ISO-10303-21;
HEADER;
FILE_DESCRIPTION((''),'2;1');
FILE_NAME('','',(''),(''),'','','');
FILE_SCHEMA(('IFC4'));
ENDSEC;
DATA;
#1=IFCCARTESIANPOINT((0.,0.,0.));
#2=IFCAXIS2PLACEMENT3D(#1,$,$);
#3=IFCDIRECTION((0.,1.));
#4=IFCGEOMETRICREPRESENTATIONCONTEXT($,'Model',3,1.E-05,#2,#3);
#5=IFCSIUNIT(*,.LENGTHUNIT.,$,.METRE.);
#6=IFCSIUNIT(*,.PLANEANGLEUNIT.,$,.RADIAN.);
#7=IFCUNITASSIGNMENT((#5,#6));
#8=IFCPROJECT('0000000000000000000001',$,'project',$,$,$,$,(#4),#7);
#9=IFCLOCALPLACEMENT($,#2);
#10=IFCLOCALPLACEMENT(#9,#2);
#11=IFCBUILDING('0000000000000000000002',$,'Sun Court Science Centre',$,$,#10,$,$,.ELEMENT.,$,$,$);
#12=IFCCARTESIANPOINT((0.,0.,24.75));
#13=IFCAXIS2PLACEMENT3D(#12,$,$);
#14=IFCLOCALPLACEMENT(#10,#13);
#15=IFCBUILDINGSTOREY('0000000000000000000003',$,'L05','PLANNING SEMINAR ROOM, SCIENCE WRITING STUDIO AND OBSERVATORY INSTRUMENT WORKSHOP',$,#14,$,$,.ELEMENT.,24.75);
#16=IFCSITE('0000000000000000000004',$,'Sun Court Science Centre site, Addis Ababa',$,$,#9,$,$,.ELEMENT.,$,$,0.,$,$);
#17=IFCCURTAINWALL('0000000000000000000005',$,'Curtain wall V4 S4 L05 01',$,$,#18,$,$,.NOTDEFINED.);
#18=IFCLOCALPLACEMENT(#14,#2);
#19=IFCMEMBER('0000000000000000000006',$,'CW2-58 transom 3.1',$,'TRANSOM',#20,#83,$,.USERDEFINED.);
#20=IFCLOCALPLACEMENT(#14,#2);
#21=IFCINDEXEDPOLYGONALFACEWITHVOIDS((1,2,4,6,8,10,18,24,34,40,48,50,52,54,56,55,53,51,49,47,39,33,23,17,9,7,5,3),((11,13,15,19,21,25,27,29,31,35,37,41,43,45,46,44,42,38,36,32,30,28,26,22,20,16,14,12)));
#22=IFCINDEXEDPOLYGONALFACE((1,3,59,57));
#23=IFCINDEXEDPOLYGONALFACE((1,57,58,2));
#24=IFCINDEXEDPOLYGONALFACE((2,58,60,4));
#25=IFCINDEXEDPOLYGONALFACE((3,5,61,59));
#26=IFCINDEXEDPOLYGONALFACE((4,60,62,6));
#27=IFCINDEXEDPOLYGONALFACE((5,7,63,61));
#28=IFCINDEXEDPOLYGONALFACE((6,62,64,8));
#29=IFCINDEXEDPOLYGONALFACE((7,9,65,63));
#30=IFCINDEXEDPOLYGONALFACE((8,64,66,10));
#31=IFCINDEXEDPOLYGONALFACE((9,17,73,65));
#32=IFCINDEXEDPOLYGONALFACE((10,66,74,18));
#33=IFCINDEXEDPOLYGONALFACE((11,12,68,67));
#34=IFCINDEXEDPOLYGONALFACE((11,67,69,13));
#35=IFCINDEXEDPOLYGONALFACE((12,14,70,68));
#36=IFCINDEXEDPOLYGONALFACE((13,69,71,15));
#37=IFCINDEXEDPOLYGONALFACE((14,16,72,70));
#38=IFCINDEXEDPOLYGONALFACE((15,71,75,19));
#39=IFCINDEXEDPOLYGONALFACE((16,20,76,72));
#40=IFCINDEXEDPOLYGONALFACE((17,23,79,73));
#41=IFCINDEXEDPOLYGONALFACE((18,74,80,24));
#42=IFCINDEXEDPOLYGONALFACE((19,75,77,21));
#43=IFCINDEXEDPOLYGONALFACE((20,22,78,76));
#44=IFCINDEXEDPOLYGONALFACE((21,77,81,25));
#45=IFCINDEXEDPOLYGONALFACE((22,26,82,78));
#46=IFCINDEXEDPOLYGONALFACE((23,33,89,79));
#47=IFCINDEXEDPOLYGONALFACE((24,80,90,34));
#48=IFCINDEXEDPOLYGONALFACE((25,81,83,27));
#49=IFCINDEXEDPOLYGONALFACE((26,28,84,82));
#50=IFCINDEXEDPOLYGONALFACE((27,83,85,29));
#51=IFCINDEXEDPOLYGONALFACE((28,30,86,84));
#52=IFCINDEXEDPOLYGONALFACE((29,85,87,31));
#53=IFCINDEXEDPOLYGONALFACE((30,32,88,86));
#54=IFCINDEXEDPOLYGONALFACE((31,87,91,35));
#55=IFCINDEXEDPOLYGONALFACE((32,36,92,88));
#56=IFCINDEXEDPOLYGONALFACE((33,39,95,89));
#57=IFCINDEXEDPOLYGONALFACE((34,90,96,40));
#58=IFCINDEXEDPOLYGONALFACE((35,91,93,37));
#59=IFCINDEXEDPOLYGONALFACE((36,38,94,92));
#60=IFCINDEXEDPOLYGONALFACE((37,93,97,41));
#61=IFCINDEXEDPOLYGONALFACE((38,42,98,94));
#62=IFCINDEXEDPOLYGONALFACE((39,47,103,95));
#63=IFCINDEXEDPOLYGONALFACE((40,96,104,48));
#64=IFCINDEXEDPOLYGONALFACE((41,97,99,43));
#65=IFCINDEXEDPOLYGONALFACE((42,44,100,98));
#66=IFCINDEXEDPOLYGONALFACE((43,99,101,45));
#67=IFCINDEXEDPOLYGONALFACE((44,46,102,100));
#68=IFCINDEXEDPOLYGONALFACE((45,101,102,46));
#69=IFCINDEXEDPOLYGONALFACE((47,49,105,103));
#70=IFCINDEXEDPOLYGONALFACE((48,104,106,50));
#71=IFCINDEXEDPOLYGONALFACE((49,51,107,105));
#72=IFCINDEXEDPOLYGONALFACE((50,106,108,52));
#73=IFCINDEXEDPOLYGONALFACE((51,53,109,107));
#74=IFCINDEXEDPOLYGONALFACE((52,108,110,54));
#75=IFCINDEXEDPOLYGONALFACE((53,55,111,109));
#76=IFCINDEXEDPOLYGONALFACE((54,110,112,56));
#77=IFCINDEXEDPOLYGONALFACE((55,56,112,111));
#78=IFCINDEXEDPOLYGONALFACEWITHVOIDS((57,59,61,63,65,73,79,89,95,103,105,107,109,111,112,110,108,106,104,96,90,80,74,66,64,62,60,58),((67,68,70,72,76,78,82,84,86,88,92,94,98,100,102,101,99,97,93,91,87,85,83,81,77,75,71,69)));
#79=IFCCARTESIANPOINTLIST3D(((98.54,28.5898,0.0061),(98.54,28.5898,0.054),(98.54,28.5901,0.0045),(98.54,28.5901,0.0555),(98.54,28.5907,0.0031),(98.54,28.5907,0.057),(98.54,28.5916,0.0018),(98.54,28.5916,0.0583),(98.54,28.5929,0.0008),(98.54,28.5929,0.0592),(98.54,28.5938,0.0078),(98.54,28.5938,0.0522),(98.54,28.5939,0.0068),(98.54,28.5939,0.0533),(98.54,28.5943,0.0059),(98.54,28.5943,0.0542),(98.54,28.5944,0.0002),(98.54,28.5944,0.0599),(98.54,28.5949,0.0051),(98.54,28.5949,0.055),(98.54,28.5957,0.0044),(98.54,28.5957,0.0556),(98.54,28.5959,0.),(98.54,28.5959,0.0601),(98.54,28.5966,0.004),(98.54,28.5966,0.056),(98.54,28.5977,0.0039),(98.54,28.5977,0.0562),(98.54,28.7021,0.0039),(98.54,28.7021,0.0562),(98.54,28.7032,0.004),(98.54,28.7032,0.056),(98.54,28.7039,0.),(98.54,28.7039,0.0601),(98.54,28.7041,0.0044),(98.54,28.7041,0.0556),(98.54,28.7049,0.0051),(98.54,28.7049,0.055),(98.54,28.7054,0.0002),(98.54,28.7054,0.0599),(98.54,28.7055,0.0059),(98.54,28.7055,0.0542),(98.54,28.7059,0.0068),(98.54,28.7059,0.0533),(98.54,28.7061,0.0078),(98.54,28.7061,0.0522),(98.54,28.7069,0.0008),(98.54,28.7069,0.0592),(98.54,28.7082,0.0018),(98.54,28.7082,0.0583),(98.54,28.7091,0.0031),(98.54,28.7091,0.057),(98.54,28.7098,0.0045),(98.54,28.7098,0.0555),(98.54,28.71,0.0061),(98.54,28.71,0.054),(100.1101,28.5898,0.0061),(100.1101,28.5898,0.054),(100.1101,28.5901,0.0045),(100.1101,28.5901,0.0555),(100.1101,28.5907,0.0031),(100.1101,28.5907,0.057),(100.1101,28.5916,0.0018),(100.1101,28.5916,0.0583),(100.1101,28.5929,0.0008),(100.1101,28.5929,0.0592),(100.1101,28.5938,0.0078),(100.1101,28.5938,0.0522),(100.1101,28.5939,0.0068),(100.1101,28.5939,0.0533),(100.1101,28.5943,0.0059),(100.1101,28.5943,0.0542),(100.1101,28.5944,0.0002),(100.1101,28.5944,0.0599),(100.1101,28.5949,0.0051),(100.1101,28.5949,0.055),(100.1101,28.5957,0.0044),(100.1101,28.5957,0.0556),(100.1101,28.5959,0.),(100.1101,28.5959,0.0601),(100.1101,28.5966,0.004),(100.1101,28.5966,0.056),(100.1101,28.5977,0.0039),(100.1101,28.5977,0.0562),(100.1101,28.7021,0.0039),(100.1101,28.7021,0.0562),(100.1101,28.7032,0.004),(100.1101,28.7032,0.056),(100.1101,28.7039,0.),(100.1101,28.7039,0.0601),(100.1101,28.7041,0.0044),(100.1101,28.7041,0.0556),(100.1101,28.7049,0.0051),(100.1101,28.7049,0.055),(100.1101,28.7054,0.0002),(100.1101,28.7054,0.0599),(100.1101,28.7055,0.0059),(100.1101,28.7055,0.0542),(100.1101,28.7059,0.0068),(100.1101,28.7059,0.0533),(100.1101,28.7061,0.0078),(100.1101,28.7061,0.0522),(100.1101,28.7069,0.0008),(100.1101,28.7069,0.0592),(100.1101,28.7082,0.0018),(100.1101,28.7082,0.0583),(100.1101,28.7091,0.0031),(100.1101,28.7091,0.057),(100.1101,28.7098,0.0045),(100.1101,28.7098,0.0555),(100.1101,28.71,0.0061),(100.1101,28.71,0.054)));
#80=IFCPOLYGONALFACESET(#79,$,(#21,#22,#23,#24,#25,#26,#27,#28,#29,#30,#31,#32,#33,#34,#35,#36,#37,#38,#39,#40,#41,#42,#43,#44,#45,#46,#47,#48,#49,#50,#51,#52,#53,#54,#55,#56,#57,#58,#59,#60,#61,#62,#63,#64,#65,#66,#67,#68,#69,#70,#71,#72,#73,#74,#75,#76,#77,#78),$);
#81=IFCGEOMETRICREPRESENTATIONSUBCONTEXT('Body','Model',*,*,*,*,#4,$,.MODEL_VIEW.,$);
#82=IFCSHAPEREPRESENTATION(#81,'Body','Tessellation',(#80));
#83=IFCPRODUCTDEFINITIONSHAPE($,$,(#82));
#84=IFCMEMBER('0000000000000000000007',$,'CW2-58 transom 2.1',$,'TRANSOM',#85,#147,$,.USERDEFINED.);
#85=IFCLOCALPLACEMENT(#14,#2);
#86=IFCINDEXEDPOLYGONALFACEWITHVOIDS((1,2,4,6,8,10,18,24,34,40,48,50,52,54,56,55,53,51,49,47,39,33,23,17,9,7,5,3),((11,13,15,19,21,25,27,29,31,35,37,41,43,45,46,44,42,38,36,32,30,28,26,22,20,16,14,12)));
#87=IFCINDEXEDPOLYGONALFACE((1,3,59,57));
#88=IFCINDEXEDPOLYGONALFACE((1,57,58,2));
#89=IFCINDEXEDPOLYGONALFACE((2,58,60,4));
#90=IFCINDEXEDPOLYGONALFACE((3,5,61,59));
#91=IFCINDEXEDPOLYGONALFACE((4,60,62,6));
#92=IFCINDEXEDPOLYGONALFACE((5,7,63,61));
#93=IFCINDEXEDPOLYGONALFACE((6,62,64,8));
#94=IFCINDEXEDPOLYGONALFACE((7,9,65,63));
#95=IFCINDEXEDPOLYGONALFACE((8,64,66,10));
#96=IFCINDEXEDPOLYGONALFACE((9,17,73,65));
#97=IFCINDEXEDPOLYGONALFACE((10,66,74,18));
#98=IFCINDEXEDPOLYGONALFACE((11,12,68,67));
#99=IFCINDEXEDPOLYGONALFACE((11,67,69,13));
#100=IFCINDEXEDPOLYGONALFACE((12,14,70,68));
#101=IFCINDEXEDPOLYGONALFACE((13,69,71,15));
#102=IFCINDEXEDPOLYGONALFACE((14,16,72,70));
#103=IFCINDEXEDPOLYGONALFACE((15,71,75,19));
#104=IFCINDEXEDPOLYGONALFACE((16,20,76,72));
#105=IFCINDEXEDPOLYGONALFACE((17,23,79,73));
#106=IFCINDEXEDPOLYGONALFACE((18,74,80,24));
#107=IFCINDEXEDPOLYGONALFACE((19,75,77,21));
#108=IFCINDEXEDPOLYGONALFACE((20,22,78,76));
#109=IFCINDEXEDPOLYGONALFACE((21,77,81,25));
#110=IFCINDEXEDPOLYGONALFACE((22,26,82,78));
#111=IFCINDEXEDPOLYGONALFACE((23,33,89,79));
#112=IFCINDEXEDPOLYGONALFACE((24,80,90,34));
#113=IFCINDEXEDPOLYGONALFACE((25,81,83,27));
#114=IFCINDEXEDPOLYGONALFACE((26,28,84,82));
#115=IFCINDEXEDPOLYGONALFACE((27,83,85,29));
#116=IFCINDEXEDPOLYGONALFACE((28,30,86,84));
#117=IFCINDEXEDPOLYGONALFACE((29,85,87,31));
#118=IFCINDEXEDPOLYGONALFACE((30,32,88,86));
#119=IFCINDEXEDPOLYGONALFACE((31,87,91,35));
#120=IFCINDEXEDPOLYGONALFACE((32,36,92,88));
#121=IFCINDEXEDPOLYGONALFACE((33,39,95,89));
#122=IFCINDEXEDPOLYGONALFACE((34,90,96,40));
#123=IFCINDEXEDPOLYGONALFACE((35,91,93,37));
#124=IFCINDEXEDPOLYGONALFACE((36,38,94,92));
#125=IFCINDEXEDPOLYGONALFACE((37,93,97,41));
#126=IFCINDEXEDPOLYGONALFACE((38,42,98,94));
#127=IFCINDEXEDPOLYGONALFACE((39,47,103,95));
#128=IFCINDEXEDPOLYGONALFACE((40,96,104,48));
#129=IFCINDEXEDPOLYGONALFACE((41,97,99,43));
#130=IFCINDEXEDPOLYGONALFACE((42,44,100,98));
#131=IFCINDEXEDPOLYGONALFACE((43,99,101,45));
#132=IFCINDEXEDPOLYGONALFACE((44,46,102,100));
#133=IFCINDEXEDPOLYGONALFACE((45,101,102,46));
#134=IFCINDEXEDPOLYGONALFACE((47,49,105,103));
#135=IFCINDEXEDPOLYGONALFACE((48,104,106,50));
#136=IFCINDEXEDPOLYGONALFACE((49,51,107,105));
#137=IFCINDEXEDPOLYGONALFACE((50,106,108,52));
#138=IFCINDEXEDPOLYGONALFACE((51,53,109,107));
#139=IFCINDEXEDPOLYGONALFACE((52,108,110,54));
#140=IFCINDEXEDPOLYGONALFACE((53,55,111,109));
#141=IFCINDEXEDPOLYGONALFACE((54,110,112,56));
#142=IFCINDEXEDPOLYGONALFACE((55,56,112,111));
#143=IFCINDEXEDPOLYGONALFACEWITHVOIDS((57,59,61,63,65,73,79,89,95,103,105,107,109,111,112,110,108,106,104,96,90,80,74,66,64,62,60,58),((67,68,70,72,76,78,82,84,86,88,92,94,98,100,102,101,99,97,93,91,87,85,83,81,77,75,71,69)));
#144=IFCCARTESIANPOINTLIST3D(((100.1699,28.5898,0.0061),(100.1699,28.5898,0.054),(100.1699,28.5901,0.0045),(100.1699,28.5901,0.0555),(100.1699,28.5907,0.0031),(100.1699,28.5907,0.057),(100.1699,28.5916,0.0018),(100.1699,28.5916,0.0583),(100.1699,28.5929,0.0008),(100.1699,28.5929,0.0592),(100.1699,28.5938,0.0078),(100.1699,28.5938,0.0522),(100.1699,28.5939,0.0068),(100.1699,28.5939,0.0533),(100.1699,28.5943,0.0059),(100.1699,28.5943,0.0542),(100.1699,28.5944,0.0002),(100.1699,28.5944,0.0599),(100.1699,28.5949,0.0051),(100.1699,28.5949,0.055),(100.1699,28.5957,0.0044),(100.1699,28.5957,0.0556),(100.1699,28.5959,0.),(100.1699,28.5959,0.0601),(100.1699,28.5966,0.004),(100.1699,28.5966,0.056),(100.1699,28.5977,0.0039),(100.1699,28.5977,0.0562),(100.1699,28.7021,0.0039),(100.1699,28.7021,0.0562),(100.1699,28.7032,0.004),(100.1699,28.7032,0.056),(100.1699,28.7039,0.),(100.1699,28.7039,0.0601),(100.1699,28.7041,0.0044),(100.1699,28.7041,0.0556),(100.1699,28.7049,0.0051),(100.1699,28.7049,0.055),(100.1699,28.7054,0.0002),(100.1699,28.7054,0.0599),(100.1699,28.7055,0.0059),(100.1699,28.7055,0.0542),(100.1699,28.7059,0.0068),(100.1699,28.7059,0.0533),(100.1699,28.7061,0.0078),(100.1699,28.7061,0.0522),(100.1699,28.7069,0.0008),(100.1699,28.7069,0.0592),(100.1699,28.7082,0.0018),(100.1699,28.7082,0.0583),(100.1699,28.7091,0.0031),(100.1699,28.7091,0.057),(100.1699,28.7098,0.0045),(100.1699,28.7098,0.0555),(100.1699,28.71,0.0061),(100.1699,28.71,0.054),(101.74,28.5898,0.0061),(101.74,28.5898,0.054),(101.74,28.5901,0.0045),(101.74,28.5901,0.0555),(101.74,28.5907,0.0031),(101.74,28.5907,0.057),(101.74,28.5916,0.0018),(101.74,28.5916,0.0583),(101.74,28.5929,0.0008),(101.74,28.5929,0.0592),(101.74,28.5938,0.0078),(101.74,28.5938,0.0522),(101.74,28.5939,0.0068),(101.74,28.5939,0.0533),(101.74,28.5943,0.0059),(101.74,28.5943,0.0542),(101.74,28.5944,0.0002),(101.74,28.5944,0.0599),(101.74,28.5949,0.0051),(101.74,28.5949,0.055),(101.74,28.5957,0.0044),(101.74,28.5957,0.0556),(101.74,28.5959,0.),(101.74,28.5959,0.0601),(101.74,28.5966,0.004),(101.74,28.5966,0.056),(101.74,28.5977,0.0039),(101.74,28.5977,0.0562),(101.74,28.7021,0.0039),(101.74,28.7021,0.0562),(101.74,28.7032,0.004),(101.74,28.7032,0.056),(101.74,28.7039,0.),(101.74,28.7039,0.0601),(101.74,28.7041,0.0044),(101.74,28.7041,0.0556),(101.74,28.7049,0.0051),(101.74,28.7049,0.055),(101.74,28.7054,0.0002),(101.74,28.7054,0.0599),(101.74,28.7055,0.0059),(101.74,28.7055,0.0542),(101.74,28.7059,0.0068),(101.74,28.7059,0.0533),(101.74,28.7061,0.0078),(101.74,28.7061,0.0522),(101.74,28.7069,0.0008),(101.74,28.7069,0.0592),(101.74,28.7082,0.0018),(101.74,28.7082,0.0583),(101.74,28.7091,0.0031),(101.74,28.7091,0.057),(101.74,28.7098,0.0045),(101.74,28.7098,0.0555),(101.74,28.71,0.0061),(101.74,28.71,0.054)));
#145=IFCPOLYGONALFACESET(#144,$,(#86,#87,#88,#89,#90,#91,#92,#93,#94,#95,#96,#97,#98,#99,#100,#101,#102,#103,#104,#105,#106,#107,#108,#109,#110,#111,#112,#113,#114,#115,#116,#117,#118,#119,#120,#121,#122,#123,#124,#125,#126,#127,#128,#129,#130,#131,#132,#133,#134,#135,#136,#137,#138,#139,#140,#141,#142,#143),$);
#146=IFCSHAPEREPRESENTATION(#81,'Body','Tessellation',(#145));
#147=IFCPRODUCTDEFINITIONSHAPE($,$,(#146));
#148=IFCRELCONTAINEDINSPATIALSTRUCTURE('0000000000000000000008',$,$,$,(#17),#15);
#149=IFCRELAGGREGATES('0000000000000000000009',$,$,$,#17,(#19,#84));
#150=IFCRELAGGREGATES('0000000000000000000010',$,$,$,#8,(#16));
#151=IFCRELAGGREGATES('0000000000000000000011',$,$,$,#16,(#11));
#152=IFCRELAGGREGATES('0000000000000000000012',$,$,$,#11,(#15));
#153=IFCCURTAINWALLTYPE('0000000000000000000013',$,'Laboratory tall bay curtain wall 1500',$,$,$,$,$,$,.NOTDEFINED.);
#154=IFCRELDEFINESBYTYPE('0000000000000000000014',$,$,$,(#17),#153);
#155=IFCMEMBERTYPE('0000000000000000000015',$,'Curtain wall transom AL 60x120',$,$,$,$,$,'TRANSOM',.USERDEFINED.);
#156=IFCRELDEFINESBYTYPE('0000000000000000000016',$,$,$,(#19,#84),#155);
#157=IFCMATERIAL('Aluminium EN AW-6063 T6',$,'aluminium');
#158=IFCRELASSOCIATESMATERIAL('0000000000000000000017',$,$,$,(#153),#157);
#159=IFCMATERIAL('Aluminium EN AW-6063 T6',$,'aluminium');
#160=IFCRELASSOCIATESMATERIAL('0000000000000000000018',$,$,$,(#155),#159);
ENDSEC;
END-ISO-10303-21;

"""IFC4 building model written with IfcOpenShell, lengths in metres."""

from ifc_helpers import new_model, si_unit, direction, frame, origin, origin_2d, place, context, subcontext, project, spatial, hollow_rectangle, extrude, material, material_profile, profile_set, type_object, element, aggregate, save


model = new_model("IFC4")

# Units and contexts
model_context = context("Model", 3, precision=1e-05, world=origin(), true_north=direction((0.0, 1.0)))
body_context = subcontext(model_context, "Body", "Model", "MODEL_VIEW")
ifc_project = project(units=[si_unit("LENGTHUNIT", "METRE"), si_unit("PLANEANGLEUNIT", "RADIAN")], contexts=[model_context])

# Site, building, storey
site_placement = place(None, origin())
site = spatial("IfcSite", under=ifc_project, at=site_placement, Name="Sun Court Science Centre site, Addis Ababa", CompositionType="ELEMENT", RefElevation=0.0)
building_placement = place(site_placement, origin())
building = spatial("IfcBuilding", under=site, at=building_placement, Name="Sun Court Science Centre", CompositionType="ELEMENT")
storey_placement = place(building_placement, frame((0.0, 0.0, 24.75)))
storey = spatial("IfcBuildingStorey", under=building, at=storey_placement, Name="L05", Description="PLANNING SEMINAR ROOM, SCIENCE WRITING STUDIO AND OBSERVATORY INSTRUMENT WORKSHOP", CompositionType="ELEMENT", Elevation=24.75)

# Curtain wall
ifc_material_1 = material(Name="Aluminium EN AW-6063 T6", Category="aluminium")
curtain_wall_type = type_object("IfcCurtainWallType", Name="Laboratory tall bay curtain wall 1500", PredefinedType="NOTDEFINED", material=ifc_material_1)
curtain_wall_1_placement = place(storey_placement, origin())
curtain_wall_1 = element("IfcCurtainWall", 1, at=curtain_wall_1_placement, inside=storey, type_object=curtain_wall_type, Name="Curtain wall V4 S4 L05 01", PredefinedType="NOTDEFINED")

# Members
ifc_material_2 = material(Name="Aluminium EN AW-6063 T6", Category="aluminium")
ifc_material_profile_1 = material_profile(ifc_material_2, hollow_rectangle(XDim=0.0601, YDim=0.1201, WallThickness=0.0039, InnerFilletRadius=0.0039, OuterFilletRadius=0.0061, at=origin_2d()), Name="AL 60x120x4")
ifc_profile_set_1 = profile_set([ifc_material_profile_1], Name="Aluminium EN AW-6063 T6")
member_type_1 = type_object("IfcMemberType", Name="Curtain wall transom AL 60x120", ElementType="TRANSOM", PredefinedType="USERDEFINED", material=ifc_profile_set_1)
member_1_placement = place(storey_placement, frame((100.1101, 28.6499, 0.03), z_axis=(-1.0, 0.0, 0.0), x_axis=(0.0, 0.0, 1.0)))
member_1 = element("IfcMember", 2, at=member_1_placement, type_object=member_type_1, Name="CW2-58 transom 3.1", ObjectType="TRANSOM", PredefinedType="USERDEFINED", context=body_context, shape_type="SweptSolid", body=[
    extrude(hollow_rectangle(XDim=0.0601, YDim=0.1201, WallThickness=0.0039, InnerFilletRadius=0.0039, OuterFilletRadius=0.0061, at=origin_2d()), origin(), (0.0, 0.0, 1.0), 1.5701),
])
member_2_placement = place(storey_placement, frame((101.74, 28.6499, 0.03), z_axis=(-1.0, 0.0, 0.0), x_axis=(0.0, 0.0, 1.0)))
member_2 = element("IfcMember", 3, at=member_2_placement, type_object=member_type_1, Name="CW2-58 transom 2.1", ObjectType="TRANSOM", PredefinedType="USERDEFINED", context=body_context, shape_type="SweptSolid", body=[
    extrude(hollow_rectangle(XDim=0.0601, YDim=0.1201, WallThickness=0.0039, InnerFilletRadius=0.0039, OuterFilletRadius=0.0061, at=origin_2d()), origin(), (0.0, 0.0, 1.0), 1.5701),
])

aggregate(curtain_wall_1, [member_1, member_2])

save(model, "model.ifc")
